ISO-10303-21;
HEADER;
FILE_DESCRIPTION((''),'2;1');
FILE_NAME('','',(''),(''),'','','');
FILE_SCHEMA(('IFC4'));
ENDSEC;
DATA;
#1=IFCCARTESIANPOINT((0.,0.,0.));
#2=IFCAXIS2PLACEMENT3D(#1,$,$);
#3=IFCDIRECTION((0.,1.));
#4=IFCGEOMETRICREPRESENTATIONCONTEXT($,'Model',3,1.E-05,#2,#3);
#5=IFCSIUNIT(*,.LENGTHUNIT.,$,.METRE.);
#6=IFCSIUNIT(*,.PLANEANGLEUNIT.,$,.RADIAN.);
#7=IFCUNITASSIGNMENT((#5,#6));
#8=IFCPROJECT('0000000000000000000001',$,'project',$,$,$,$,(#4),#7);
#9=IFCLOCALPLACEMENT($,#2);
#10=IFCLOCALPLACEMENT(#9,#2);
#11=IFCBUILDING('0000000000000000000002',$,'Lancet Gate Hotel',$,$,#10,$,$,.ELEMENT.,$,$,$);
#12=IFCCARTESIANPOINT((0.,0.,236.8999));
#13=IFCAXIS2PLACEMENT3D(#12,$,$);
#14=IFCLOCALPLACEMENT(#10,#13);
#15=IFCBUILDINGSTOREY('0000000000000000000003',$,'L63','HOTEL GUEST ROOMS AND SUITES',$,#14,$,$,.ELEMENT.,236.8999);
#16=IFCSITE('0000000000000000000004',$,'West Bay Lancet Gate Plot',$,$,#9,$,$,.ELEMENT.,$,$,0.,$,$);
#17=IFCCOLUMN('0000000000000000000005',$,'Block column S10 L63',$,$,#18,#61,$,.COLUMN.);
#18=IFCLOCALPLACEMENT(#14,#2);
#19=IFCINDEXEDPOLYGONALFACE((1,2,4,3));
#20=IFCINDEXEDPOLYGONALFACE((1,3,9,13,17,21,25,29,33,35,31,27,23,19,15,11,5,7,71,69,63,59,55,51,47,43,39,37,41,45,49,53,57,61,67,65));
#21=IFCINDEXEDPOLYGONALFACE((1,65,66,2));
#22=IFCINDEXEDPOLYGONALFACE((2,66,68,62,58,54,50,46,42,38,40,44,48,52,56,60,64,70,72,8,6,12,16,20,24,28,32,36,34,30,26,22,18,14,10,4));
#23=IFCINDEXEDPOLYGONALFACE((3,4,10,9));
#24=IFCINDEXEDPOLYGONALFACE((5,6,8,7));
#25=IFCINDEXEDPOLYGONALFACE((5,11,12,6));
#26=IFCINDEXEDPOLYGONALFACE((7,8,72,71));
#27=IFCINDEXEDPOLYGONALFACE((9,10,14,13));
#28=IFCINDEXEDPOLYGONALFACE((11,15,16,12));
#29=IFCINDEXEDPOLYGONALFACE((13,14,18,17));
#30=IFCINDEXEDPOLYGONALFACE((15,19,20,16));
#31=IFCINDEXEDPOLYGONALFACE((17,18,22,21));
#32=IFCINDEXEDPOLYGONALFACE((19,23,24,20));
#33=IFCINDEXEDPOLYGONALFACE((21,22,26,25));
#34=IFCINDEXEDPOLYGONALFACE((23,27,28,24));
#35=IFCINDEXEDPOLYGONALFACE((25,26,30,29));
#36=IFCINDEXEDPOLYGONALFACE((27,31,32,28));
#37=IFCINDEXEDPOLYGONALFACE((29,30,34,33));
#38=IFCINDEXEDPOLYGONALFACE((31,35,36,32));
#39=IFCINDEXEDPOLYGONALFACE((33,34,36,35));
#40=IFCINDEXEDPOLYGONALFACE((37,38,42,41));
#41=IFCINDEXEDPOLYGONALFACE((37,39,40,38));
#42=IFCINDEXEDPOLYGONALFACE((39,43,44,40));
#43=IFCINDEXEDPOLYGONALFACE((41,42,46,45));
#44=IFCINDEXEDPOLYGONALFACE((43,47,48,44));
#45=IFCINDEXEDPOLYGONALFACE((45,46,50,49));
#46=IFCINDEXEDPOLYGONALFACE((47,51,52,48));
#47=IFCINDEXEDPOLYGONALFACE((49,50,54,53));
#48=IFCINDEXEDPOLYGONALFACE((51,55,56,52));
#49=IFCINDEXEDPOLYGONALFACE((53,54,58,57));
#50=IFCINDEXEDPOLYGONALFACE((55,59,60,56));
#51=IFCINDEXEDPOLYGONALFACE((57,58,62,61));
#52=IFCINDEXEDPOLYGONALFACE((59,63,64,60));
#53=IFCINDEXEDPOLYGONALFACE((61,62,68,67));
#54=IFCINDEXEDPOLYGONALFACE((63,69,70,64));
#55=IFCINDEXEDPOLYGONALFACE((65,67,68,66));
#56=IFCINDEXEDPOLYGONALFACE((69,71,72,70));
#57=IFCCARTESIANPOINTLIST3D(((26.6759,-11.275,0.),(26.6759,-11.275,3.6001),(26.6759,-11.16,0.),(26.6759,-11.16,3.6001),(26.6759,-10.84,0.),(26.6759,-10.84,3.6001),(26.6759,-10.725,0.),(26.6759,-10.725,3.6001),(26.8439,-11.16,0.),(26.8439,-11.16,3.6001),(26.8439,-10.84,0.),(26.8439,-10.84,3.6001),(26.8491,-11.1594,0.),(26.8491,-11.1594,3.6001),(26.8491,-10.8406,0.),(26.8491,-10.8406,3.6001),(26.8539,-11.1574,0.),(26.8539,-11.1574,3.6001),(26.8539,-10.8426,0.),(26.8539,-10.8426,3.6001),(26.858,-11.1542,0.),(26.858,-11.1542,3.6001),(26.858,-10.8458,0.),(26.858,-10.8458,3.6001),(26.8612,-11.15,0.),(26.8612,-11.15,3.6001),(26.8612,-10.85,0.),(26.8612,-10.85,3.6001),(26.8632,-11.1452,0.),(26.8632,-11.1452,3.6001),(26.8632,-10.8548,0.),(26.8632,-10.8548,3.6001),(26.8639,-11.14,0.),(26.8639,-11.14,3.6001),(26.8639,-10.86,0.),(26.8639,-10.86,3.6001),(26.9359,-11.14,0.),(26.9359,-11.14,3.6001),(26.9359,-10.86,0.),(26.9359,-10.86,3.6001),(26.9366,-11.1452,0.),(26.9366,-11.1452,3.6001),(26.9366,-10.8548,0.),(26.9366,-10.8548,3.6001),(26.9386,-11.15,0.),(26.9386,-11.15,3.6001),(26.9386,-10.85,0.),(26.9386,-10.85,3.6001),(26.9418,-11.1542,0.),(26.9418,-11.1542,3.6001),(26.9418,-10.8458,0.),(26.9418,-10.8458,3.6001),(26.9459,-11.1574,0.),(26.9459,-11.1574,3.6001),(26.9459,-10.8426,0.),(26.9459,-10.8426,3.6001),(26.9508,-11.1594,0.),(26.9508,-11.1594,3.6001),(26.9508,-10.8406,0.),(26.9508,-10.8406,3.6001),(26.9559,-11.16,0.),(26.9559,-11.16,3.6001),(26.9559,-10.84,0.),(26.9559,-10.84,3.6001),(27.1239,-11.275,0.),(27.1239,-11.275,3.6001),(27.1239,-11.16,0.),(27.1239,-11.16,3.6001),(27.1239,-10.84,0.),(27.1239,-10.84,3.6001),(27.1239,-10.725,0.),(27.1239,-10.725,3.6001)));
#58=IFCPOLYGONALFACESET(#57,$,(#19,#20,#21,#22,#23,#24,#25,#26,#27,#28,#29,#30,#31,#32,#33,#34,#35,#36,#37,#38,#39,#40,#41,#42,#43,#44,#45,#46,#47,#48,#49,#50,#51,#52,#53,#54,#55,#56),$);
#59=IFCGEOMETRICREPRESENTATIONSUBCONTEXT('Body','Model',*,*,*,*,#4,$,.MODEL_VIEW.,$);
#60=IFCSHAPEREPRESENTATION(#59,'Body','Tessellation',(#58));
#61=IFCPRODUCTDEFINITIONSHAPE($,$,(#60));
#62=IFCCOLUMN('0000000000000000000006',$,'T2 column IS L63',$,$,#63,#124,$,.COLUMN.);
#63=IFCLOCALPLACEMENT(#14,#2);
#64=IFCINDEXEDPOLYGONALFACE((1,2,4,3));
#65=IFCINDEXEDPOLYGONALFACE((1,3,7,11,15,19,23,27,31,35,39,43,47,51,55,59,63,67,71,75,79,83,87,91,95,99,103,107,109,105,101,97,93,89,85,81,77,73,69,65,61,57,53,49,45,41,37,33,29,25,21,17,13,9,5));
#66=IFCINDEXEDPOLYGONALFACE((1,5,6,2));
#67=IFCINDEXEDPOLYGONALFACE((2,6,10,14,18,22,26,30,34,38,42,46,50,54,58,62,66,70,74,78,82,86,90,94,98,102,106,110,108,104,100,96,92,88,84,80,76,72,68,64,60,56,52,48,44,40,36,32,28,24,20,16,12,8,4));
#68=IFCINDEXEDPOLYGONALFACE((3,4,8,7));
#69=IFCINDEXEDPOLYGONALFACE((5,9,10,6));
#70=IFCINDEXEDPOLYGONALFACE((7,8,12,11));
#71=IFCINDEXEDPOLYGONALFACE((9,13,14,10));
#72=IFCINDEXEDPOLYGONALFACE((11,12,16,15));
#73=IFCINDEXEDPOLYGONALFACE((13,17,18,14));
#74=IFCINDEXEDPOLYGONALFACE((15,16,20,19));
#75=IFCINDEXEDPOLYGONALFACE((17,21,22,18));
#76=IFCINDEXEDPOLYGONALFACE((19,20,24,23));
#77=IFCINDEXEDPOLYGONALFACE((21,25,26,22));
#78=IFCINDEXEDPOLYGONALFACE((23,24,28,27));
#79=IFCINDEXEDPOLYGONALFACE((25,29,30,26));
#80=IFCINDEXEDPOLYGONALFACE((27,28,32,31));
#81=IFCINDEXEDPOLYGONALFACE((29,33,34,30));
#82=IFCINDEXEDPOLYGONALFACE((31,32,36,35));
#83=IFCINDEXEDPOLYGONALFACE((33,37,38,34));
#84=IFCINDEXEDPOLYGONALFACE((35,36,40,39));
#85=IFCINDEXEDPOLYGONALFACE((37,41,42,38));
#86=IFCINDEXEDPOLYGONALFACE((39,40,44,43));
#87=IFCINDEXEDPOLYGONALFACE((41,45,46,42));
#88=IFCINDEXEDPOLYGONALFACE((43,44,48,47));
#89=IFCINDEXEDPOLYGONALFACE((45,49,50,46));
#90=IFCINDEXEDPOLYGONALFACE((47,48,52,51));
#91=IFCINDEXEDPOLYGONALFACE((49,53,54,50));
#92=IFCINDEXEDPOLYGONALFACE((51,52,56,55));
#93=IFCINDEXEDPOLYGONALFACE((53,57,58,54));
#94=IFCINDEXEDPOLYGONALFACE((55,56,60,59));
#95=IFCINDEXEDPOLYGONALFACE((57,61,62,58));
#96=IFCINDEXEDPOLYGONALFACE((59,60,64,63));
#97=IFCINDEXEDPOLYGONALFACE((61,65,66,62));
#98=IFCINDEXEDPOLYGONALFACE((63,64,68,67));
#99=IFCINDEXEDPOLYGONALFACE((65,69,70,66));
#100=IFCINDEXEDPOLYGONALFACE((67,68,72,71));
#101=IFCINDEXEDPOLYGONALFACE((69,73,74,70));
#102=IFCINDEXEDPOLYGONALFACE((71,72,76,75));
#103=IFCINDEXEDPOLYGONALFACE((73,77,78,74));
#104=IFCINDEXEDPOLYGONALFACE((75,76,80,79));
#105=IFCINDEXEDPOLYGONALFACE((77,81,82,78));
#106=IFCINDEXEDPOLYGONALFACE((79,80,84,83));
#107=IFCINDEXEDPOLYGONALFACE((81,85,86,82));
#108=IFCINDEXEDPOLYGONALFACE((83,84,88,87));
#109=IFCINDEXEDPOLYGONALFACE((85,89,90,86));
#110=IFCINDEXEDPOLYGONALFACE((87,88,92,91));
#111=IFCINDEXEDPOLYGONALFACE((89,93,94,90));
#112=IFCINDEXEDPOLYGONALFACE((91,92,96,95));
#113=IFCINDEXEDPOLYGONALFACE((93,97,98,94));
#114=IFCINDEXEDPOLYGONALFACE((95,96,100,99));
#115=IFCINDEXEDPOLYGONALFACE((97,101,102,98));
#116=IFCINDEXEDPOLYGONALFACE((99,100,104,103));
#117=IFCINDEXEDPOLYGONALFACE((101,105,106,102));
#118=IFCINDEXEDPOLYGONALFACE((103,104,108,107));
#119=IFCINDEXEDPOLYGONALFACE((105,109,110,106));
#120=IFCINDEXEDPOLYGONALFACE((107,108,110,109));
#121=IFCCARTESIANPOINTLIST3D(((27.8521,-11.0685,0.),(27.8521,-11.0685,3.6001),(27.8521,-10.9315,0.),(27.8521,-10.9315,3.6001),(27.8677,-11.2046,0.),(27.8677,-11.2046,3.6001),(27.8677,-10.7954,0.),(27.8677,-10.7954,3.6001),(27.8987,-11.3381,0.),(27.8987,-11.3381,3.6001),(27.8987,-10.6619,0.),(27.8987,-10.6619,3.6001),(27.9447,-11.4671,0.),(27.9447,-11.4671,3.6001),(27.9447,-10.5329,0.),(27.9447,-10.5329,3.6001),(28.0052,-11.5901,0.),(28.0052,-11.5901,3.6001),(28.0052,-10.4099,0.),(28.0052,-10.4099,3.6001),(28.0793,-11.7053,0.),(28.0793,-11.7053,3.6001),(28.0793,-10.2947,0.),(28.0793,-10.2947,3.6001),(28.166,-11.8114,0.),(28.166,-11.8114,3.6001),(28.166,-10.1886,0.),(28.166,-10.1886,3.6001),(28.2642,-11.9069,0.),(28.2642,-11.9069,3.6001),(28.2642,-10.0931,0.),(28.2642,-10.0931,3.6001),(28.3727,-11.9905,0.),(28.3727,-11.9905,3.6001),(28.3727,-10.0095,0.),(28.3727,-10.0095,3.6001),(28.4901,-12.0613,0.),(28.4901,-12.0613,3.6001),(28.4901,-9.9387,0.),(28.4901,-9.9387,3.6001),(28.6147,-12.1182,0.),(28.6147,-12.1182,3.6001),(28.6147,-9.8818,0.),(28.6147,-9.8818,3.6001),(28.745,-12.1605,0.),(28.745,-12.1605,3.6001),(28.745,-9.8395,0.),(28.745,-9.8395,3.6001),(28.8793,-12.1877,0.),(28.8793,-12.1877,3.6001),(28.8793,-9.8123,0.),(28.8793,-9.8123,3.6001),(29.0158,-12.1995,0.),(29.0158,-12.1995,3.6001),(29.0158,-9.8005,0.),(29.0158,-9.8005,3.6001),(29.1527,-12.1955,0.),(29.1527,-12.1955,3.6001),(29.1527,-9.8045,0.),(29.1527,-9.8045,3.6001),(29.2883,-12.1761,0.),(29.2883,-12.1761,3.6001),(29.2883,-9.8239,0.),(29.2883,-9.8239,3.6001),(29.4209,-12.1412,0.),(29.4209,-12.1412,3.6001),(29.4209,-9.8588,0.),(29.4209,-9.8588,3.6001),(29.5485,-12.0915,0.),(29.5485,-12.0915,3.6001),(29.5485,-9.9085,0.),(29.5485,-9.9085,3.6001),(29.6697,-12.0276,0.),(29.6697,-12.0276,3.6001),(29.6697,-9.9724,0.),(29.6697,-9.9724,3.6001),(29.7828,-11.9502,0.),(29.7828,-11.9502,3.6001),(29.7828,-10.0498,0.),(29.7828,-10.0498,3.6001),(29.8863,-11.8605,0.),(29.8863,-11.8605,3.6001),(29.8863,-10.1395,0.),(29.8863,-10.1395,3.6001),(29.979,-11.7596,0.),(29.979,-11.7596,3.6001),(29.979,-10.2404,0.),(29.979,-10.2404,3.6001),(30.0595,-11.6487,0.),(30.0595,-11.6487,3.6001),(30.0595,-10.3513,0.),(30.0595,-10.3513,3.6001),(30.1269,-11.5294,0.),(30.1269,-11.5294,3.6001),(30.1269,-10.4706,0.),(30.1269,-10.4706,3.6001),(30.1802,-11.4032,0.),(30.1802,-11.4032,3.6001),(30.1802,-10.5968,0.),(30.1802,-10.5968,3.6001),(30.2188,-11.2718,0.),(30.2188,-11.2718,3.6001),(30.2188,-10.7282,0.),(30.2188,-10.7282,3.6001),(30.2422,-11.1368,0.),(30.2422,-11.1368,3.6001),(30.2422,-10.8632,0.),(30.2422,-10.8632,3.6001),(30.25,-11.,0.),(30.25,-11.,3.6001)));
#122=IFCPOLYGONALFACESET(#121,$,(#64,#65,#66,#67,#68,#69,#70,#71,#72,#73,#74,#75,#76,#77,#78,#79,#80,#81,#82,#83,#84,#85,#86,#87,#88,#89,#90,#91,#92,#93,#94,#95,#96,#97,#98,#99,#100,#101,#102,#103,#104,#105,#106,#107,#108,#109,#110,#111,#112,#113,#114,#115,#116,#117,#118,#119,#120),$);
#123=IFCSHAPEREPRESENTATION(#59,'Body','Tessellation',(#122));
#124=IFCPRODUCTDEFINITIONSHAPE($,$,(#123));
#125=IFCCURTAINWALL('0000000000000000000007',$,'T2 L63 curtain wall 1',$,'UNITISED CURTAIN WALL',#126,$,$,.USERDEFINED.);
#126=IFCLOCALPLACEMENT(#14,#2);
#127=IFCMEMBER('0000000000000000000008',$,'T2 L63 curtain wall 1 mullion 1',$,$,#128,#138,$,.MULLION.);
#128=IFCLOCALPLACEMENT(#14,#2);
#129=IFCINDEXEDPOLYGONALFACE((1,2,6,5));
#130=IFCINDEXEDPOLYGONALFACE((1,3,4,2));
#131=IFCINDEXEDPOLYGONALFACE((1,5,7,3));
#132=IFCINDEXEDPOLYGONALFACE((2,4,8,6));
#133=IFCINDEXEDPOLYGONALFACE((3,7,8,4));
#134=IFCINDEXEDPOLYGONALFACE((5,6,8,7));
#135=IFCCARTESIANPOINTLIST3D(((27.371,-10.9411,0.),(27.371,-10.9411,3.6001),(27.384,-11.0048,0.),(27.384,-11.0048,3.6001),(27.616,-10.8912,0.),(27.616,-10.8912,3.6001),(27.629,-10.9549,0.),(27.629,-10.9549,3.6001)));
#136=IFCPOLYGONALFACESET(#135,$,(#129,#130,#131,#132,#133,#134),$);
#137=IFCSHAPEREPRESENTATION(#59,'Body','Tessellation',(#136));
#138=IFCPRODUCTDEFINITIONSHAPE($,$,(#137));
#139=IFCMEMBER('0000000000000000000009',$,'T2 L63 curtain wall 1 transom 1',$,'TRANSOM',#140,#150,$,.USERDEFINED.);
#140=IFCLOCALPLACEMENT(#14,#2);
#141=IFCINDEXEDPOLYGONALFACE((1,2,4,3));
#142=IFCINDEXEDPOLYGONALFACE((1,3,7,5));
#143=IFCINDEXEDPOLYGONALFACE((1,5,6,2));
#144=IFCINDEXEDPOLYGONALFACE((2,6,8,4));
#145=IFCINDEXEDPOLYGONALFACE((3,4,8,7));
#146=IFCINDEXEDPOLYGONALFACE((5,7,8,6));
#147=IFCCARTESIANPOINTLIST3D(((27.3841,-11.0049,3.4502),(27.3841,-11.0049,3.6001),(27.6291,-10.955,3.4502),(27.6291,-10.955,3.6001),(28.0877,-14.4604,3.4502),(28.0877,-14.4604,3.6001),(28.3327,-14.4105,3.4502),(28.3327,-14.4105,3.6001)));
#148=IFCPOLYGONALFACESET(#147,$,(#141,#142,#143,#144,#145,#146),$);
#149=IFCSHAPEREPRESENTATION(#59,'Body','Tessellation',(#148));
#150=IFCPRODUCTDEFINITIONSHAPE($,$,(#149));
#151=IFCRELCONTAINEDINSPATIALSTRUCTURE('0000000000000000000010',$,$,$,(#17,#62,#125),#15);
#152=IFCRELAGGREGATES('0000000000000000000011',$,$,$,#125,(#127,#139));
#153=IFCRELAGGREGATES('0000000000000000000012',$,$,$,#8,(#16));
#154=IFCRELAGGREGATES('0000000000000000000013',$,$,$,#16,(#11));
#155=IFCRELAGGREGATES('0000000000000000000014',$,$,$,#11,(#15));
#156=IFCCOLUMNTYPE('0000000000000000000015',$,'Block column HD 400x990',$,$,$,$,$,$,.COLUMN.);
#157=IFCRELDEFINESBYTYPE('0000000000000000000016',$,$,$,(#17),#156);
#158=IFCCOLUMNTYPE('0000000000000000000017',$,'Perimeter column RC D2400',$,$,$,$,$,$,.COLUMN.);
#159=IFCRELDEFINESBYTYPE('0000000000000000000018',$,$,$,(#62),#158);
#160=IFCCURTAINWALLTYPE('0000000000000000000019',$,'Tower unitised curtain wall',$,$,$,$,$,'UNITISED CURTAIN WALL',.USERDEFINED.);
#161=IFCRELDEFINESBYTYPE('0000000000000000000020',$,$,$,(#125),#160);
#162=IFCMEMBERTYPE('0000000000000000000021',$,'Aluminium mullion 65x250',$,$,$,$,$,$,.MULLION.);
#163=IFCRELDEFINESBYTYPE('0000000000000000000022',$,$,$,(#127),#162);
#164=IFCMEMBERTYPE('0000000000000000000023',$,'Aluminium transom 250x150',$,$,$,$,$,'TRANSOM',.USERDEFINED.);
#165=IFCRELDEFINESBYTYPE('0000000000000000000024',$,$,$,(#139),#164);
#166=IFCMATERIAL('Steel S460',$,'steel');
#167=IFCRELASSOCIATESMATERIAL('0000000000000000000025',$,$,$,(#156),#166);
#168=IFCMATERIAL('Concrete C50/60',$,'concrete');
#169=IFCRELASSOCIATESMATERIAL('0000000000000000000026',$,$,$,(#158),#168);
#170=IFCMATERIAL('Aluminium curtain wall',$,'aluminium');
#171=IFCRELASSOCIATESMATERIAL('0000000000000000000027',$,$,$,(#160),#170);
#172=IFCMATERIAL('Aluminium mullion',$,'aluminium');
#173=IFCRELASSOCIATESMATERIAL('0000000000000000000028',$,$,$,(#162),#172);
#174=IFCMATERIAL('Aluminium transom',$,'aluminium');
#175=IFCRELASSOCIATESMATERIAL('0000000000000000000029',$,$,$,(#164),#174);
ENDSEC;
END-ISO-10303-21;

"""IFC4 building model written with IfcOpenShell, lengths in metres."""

from ifc_helpers import new_model, si_unit, direction, frame, origin, origin_2d, place, context, subcontext, project, spatial, rectangle, circle, i_section, extrude, material, material_profile, profile_set, type_object, element, aggregate, save


model = new_model("IFC4")

# Units and contexts
model_context = context("Model", 3, precision=1e-05, world=origin(), true_north=direction((0.0, 1.0)))
body_context = subcontext(model_context, "Body", "Model", "MODEL_VIEW")
ifc_project = project(units=[si_unit("LENGTHUNIT", "METRE"), si_unit("PLANEANGLEUNIT", "RADIAN")], contexts=[model_context])

# Site, building, storey
site_placement = place(None, origin())
site = spatial("IfcSite", under=ifc_project, at=site_placement, Name="West Bay Lancet Gate Plot", CompositionType="ELEMENT", RefElevation=0.0)
building_placement = place(site_placement, origin())
building = spatial("IfcBuilding", under=site, at=building_placement, Name="Lancet Gate Hotel", CompositionType="ELEMENT")
storey_placement = place(building_placement, frame((0.0, 0.0, 236.8999)))
storey = spatial("IfcBuildingStorey", under=building, at=storey_placement, Name="L63", Description="HOTEL GUEST ROOMS AND SUITES", CompositionType="ELEMENT", Elevation=236.8999)

# Columns
ifc_material_1 = material(Name="Steel S460", Category="steel")
ifc_material_profile_1 = material_profile(ifc_material_1, i_section(OverallWidth=0.448, OverallDepth=0.55, WebThickness=0.072, FlangeThickness=0.115, FilletRadius=0.02, at=origin_2d()), Name="HD 400x990")
ifc_profile_set_1 = profile_set([ifc_material_profile_1], Name="Steel S460")
column_type_1 = type_object("IfcColumnType", Name="Block column HD 400x990", PredefinedType="COLUMN", material=ifc_profile_set_1)
column_1_placement = place(storey_placement, frame((26.8999, -11.0, 0.0), z_axis=(0.0, 0.0, 1.0), x_axis=(1.0, 0.0, 0.0)))
element("IfcColumn", 1, at=column_1_placement, inside=storey, type_object=column_type_1, Name="Block column S10 L63", PredefinedType="COLUMN", context=body_context, shape_type="SweptSolid", body=[
    extrude(i_section(OverallWidth=0.448, OverallDepth=0.55, WebThickness=0.072, FlangeThickness=0.115, FilletRadius=0.02, at=origin_2d()), origin(), (0.0, 0.0, 1.0), 3.6001),
])
ifc_material_2 = material(Name="Concrete C50/60", Category="concrete")
ifc_material_profile_2 = material_profile(ifc_material_2, circle(Radius=1.2, at=origin_2d()), Name="RC D2400")
ifc_profile_set_2 = profile_set([ifc_material_profile_2], Name="Concrete C50/60")
column_type_2 = type_object("IfcColumnType", Name="Perimeter column RC D2400", PredefinedType="COLUMN", material=ifc_profile_set_2)
column_2_placement = place(storey_placement, frame((29.05, -11.0, 0.0), z_axis=(0.0, 0.0, 1.0), x_axis=(1.0, 0.0, 0.0)))
element("IfcColumn", 2, at=column_2_placement, inside=storey, type_object=column_type_2, Name="T2 column IS L63", PredefinedType="COLUMN", context=body_context, shape_type="SweptSolid", body=[
    extrude(circle(Radius=1.2, at=origin_2d()), origin(), (0.0, 0.0, 1.0), 3.6001),
])

# Curtain wall, members
ifc_material_3 = material(Name="Aluminium curtain wall", Category="aluminium")
curtain_wall_type = type_object("IfcCurtainWallType", Name="Tower unitised curtain wall", ElementType="UNITISED CURTAIN WALL", PredefinedType="USERDEFINED", material=ifc_material_3)
curtain_wall_placement = place(storey_placement, origin())
curtain_wall = element("IfcCurtainWall", 3, at=curtain_wall_placement, inside=storey, type_object=curtain_wall_type, Name="T2 L63 curtain wall 1", ObjectType="UNITISED CURTAIN WALL", PredefinedType="USERDEFINED")
ifc_material_4 = material(Name="Aluminium mullion", Category="aluminium")
ifc_material_profile_3 = material_profile(ifc_material_4, rectangle(XDim=0.0649, YDim=0.25, at=origin_2d()), Name="MULLION 65x250")
ifc_profile_set_3 = profile_set([ifc_material_profile_3], Name="Aluminium mullion")
member_type_1 = type_object("IfcMemberType", Name="Aluminium mullion 65x250", PredefinedType="MULLION", material=ifc_profile_set_3)
member_1_placement = place(storey_placement, frame((27.5, -10.948, 0.0), z_axis=(0.0, 0.0, 1.0), x_axis=(0.199533, -0.979891, 0.0)))
member_1 = element("IfcMember", 4, at=member_1_placement, type_object=member_type_1, Name="T2 L63 curtain wall 1 mullion 1", PredefinedType="MULLION", context=body_context, shape_type="SweptSolid", body=[
    extrude(rectangle(XDim=0.0649, YDim=0.25, at=origin_2d()), origin(), (0.0, 0.0, 1.0), 3.6001),
])
ifc_material_5 = material(Name="Aluminium transom", Category="aluminium")
ifc_material_profile_4 = material_profile(ifc_material_5, rectangle(XDim=0.25, YDim=0.1499, at=origin_2d()), Name="TRANSOM 250x150")
ifc_profile_set_4 = profile_set([ifc_material_profile_4], Name="Aluminium transom")
member_type_2 = type_object("IfcMemberType", Name="Aluminium transom 250x150", ElementType="TRANSOM", PredefinedType="USERDEFINED", material=ifc_profile_set_4)
member_2_placement = place(storey_placement, frame((27.5066, -10.98, 3.5251), z_axis=(0.199523, -0.979893, 0.0), x_axis=(0.979893, 0.199523, 0.0)))
member_2 = element("IfcMember", 5, at=member_2_placement, type_object=member_type_2, Name="T2 L63 curtain wall 1 transom 1", ObjectType="TRANSOM", PredefinedType="USERDEFINED", context=body_context, shape_type="SweptSolid", body=[
    extrude(rectangle(XDim=0.25, YDim=0.1499, at=origin_2d()), origin(), (0.0, 0.0, 1.0), 3.5264),
])
aggregate(curtain_wall, [member_1, member_2])

save(model, "model.ifc")
